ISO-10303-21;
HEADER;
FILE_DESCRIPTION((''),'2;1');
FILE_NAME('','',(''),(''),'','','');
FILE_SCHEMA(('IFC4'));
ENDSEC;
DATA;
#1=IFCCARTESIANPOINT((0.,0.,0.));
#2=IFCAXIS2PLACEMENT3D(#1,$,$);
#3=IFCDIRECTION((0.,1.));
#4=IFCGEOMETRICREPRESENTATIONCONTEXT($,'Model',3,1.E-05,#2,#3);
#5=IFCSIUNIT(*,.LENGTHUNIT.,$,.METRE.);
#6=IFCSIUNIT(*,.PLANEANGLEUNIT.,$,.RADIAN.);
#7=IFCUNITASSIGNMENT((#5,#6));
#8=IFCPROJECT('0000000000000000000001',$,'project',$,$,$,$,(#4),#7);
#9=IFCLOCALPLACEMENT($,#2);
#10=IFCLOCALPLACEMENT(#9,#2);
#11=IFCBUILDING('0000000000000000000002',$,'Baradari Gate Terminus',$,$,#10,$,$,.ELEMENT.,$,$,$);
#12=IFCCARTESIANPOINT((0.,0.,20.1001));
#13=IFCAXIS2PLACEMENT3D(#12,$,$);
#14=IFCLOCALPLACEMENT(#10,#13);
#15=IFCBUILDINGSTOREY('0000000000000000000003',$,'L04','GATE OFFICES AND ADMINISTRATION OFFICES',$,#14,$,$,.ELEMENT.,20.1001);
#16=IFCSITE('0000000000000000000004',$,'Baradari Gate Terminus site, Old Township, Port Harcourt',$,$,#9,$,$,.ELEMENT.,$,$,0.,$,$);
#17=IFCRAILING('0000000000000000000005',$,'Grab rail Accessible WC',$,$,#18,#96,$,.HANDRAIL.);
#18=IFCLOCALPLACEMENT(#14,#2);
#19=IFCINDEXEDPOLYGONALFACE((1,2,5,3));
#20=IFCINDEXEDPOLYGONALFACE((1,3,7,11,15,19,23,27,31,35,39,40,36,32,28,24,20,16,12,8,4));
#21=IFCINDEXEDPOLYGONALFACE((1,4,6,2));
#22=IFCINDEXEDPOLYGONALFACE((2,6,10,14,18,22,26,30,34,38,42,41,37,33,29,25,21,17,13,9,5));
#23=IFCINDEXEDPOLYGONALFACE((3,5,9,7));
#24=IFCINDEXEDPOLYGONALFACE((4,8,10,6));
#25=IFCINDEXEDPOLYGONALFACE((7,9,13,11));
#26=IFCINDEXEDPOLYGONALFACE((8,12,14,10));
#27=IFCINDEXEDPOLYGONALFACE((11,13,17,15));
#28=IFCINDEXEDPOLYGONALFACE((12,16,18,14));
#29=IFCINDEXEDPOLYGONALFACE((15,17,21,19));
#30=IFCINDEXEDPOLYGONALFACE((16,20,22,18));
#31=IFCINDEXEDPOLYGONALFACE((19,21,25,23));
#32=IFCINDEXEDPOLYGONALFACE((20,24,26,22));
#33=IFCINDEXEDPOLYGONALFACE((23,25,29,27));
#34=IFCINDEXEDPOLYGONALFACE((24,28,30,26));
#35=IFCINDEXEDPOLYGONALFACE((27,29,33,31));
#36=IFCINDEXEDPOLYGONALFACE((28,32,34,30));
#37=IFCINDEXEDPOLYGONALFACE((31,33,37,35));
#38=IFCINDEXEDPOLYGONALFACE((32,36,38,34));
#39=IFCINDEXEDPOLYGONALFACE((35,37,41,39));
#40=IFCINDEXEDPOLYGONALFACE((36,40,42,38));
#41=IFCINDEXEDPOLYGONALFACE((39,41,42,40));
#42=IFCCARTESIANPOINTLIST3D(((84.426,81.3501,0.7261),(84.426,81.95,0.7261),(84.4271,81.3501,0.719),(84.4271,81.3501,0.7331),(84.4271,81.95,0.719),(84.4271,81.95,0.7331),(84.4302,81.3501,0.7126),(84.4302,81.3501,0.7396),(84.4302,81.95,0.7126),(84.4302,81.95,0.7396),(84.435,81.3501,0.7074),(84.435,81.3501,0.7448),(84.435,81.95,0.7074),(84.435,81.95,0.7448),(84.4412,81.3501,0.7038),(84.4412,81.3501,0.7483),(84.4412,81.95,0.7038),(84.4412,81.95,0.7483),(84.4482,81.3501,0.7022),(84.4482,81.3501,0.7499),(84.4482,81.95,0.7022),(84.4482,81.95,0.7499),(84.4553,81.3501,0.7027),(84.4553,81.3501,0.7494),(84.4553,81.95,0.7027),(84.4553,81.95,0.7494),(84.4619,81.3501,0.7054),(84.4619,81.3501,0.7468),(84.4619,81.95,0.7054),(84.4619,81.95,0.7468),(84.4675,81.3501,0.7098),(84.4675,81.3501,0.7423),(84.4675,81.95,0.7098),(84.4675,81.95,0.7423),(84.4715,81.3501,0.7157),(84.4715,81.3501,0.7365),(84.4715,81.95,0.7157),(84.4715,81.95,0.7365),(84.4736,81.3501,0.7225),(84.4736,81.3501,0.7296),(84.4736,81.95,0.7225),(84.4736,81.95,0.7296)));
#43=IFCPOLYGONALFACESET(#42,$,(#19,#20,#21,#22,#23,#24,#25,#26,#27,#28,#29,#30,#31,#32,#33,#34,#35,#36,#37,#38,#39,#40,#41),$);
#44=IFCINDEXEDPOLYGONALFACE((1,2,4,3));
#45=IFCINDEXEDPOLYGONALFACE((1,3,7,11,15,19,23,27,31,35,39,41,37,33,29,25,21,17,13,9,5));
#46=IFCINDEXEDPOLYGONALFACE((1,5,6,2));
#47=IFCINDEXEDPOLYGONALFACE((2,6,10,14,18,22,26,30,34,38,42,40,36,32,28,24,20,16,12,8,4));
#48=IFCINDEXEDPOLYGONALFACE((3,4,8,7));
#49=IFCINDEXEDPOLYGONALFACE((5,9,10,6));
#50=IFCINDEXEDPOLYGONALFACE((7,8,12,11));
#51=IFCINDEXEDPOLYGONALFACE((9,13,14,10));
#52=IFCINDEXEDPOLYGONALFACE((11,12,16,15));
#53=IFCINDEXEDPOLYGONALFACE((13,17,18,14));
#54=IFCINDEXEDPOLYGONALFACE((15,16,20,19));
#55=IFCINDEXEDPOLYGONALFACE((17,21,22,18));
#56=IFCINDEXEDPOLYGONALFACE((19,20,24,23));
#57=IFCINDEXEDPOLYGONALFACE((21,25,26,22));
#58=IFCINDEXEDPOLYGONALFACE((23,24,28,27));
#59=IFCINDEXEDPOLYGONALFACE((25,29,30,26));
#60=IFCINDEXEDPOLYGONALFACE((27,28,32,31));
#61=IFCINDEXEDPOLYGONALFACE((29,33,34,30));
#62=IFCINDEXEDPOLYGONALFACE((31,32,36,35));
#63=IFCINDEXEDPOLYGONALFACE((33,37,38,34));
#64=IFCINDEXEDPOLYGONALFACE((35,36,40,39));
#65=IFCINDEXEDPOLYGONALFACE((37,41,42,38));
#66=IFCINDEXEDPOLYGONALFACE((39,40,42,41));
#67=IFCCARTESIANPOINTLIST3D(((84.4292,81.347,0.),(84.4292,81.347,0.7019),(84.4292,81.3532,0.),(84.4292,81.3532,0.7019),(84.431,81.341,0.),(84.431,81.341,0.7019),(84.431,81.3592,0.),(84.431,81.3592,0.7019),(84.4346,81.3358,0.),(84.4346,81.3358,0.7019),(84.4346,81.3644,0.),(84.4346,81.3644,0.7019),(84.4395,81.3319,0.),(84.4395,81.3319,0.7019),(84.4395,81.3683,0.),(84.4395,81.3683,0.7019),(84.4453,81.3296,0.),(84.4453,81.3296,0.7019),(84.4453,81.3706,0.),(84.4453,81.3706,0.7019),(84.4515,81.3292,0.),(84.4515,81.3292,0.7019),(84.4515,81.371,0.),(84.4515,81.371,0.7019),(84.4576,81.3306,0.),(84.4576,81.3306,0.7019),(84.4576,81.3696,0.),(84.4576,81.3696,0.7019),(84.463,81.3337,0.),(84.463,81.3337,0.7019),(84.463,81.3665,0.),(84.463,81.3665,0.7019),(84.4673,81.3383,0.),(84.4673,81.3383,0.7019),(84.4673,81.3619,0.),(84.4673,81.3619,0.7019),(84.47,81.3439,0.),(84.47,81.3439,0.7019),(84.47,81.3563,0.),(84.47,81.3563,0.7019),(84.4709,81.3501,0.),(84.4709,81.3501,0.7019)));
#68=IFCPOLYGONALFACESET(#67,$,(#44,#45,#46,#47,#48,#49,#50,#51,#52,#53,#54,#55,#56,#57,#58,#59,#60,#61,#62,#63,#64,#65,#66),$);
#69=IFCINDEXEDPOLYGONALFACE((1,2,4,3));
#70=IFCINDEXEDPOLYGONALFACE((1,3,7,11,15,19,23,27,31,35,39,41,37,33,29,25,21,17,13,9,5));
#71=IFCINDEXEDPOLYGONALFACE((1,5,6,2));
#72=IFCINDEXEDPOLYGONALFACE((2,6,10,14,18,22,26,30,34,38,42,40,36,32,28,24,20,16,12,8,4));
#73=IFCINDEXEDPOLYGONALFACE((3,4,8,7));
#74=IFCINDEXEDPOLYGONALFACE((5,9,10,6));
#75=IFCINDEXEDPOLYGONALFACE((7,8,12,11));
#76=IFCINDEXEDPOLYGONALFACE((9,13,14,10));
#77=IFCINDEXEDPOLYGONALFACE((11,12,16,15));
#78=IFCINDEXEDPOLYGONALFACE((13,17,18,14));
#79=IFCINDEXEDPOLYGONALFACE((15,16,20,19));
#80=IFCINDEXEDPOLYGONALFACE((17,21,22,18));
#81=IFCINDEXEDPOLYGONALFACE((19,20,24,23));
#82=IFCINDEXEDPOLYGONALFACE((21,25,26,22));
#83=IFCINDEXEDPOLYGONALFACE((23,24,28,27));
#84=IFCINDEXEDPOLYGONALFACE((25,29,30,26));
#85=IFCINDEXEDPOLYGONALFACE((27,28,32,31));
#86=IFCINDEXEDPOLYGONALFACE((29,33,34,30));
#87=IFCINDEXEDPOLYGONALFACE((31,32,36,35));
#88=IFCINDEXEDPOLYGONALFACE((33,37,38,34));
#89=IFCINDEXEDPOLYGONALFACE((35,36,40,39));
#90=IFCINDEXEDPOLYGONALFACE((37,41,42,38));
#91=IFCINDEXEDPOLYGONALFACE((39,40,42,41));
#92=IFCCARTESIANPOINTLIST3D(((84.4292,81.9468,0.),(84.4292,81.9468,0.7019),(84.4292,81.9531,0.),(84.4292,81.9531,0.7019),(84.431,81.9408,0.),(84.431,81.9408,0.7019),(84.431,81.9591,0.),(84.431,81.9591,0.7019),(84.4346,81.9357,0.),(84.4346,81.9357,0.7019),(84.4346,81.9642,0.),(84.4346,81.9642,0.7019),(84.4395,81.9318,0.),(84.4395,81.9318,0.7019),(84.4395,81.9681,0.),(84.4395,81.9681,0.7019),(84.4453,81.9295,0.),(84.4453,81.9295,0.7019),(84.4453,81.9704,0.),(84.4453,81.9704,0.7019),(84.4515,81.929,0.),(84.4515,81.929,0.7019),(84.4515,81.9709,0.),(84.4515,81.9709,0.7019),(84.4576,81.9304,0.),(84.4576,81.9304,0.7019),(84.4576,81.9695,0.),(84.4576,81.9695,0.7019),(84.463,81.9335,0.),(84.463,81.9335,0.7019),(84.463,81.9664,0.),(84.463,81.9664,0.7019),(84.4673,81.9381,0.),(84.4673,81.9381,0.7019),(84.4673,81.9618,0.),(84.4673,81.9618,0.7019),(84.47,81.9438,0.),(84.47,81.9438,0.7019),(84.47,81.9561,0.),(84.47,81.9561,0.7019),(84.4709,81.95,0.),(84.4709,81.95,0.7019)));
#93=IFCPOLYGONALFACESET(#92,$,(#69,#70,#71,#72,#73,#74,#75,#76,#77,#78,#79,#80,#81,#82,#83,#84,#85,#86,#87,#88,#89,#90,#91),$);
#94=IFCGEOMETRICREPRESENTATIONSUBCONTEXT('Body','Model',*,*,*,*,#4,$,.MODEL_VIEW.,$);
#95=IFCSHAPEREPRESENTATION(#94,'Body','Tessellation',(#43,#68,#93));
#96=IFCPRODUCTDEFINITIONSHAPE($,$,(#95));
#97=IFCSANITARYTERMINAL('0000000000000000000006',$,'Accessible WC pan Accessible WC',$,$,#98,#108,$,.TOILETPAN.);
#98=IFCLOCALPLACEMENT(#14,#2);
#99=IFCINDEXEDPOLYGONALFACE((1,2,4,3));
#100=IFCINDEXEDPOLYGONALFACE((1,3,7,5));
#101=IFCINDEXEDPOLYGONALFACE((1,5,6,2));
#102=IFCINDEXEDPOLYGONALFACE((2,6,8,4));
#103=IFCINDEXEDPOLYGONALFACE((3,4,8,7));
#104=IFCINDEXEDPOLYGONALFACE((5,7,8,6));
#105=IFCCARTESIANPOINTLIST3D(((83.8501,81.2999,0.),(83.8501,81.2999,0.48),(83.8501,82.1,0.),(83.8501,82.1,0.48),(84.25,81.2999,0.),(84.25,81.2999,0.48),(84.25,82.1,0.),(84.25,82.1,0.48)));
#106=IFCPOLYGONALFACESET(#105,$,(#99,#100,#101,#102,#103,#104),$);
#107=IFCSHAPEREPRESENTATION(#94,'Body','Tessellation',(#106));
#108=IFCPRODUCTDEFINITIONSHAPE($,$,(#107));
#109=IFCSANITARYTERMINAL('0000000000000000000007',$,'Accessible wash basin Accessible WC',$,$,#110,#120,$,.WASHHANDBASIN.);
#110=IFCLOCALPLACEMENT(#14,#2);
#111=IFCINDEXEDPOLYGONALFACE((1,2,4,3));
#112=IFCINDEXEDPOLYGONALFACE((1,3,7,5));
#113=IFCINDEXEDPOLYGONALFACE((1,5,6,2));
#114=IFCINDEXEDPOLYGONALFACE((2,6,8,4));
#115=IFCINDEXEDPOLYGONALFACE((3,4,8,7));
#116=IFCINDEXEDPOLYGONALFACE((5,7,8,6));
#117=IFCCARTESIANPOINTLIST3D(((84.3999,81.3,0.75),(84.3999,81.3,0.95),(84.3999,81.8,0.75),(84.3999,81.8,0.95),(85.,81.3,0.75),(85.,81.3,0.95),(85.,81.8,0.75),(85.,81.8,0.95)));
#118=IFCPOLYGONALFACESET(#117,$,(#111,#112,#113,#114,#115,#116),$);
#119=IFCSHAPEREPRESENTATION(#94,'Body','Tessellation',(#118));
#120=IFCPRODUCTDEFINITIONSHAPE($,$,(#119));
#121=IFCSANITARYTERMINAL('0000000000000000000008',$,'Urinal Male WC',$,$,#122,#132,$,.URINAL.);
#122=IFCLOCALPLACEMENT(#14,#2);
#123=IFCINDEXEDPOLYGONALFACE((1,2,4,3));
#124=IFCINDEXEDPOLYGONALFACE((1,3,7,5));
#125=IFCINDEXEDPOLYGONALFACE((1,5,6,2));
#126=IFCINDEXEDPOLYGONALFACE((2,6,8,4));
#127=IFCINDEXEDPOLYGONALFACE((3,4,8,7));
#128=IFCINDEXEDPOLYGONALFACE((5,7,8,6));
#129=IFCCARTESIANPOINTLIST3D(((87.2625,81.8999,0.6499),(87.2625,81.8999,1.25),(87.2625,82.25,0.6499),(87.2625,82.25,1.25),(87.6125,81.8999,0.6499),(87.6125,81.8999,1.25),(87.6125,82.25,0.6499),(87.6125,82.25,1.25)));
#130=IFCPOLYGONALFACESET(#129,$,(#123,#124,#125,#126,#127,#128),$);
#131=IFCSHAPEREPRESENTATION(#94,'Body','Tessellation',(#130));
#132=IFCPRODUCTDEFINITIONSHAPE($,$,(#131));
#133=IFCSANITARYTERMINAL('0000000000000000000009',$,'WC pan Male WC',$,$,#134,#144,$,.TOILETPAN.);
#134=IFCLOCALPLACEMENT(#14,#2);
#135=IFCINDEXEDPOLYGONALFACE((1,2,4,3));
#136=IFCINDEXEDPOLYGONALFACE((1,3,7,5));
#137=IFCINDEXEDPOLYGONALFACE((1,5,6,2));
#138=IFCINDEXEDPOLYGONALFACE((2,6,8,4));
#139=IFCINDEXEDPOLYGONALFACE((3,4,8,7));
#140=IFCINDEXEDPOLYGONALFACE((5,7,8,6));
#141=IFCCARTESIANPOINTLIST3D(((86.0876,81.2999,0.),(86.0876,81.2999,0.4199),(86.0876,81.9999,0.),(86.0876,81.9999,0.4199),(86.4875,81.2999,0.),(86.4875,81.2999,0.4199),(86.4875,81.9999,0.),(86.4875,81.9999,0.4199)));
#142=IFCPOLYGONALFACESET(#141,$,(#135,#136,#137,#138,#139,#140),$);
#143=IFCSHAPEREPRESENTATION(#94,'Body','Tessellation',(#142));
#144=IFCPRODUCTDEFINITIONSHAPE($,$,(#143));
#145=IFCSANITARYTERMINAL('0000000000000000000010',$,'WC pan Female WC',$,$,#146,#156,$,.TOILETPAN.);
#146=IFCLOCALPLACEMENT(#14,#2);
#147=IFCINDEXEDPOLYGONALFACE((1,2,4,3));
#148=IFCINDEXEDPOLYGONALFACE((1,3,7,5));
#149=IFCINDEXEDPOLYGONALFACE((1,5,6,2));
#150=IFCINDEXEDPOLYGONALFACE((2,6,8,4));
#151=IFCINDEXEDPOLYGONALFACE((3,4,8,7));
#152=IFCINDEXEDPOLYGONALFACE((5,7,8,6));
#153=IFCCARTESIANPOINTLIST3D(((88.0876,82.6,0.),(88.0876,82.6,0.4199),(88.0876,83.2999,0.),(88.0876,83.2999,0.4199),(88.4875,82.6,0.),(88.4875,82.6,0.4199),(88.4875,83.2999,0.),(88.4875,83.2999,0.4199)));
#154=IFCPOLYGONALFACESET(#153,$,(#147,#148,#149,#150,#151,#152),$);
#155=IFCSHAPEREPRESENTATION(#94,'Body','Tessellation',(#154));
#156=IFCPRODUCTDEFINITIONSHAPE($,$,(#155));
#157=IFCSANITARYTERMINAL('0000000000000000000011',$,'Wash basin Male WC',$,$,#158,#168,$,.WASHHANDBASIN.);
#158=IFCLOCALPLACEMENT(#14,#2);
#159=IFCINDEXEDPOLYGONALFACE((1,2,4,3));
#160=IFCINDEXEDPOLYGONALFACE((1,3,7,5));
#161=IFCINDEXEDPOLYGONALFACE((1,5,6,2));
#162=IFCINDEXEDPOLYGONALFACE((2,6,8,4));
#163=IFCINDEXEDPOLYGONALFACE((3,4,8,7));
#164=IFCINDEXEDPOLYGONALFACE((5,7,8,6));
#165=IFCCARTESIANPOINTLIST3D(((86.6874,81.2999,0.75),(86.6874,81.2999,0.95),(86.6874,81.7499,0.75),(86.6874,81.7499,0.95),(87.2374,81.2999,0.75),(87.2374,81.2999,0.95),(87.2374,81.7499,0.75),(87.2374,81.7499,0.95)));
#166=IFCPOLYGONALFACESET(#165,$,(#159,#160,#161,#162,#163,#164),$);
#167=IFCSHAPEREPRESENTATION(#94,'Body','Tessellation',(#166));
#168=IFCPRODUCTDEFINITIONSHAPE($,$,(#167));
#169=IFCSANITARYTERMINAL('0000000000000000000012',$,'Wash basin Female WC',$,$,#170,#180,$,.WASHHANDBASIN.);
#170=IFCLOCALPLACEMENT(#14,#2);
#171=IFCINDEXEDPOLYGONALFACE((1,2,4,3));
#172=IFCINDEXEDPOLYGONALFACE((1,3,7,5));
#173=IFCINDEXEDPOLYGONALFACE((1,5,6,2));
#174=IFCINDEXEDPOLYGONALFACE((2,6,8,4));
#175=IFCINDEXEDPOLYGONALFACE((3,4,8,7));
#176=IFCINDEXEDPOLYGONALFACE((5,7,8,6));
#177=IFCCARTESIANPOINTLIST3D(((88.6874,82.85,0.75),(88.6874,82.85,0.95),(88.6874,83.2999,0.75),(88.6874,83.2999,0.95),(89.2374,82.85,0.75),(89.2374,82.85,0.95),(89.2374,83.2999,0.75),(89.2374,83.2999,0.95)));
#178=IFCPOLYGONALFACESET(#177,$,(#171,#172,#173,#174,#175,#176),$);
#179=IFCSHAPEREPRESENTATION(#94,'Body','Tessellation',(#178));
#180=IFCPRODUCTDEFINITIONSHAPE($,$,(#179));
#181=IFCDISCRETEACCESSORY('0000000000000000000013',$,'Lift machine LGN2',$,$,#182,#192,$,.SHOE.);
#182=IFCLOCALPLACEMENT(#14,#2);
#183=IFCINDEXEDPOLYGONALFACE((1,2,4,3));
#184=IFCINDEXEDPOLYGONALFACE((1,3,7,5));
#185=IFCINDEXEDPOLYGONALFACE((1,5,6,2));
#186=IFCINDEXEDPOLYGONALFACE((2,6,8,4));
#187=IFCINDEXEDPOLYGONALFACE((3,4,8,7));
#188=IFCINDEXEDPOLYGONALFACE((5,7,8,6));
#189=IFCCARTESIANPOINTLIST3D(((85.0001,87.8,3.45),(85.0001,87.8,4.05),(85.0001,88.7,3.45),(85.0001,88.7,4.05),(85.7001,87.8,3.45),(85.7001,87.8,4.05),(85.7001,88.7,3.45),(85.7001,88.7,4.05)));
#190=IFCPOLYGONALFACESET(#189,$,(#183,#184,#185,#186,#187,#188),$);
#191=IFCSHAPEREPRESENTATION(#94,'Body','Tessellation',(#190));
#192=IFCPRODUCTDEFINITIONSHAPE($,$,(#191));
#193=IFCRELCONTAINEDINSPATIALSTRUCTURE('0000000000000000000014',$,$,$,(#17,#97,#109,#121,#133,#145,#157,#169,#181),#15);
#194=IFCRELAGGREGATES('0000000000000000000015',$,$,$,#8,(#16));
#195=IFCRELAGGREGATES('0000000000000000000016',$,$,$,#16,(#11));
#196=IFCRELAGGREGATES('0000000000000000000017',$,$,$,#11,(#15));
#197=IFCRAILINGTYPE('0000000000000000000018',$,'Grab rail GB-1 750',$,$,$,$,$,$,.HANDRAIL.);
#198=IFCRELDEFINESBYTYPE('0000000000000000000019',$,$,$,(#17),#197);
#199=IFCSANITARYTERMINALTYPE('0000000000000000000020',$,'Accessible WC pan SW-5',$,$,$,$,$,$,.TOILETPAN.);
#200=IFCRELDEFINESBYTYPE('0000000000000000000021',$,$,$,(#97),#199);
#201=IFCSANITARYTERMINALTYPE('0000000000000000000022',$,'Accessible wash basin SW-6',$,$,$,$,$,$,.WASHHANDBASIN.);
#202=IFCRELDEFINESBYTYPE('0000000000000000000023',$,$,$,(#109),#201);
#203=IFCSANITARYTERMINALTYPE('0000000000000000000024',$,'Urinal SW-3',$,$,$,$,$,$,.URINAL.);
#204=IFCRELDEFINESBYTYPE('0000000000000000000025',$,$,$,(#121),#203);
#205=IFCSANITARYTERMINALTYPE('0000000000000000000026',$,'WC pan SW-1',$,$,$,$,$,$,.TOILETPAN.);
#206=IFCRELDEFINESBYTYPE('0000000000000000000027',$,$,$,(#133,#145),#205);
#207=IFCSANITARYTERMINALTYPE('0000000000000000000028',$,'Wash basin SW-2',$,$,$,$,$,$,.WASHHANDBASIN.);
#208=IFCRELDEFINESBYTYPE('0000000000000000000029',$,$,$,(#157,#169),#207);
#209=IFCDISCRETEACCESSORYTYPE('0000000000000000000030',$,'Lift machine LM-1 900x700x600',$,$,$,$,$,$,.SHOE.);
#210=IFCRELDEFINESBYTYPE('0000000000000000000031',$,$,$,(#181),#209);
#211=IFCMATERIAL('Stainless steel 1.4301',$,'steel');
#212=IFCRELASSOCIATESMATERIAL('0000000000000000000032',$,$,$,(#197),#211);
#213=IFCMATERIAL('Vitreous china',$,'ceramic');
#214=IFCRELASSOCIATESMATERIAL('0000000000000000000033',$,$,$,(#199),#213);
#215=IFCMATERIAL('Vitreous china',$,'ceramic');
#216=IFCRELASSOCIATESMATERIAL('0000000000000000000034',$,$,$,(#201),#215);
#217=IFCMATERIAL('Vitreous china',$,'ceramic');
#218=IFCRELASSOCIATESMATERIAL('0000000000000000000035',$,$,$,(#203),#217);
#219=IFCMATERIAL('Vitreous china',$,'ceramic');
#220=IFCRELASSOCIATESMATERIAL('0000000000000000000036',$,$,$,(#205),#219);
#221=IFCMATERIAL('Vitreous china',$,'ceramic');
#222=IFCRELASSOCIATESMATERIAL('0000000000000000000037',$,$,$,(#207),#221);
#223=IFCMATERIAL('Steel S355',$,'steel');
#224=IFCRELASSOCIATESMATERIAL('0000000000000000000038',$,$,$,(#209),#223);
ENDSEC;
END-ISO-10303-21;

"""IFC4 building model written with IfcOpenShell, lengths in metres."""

from ifc_helpers import new_model, si_unit, direction, frame, origin, origin_2d, place, context, subcontext, project, spatial, rectangle, circle, extrude, material, type_object, element, save


model = new_model("IFC4")

# Units and contexts
model_context = context("Model", 3, precision=1e-05, world=origin(), true_north=direction((0.0, 1.0)))
body_context = subcontext(model_context, "Body", "Model", "MODEL_VIEW")
ifc_project = project(units=[si_unit("LENGTHUNIT", "METRE"), si_unit("PLANEANGLEUNIT", "RADIAN")], contexts=[model_context])

# Site, building, storey
site_placement = place(None, origin())
site = spatial("IfcSite", under=ifc_project, at=site_placement, Name="Baradari Gate Terminus site, Old Township, Port Harcourt", CompositionType="ELEMENT", RefElevation=0.0)
building_placement = place(site_placement, origin())
building = spatial("IfcBuilding", under=site, at=building_placement, Name="Baradari Gate Terminus", CompositionType="ELEMENT")
storey_placement = place(building_placement, frame((0.0, 0.0, 20.1001)))
storey = spatial("IfcBuildingStorey", under=building, at=storey_placement, Name="L04", Description="GATE OFFICES AND ADMINISTRATION OFFICES", CompositionType="ELEMENT", Elevation=20.1001)

# Railing
ifc_material_1 = material(Name="Stainless steel 1.4301", Category="steel")
railing_type = type_object("IfcRailingType", Name="Grab rail GB-1 750", PredefinedType="HANDRAIL", material=ifc_material_1)
railing_placement = place(storey_placement, frame((84.45, 81.3501, 0.0)))
element("IfcRailing", 1, at=railing_placement, inside=storey, type_object=railing_type, Name="Grab rail Accessible WC", PredefinedType="HANDRAIL", context=body_context, shape_type="SweptSolid", body=[
    extrude(circle(Radius=0.0239, at=origin_2d()), frame((0.0, 0.0, 0.7261), z_axis=(0.0, 1.0, 0.0), x_axis=(-1.0, 0.0, 0.0)), (0.0, 0.0, 1.0), 0.5999),
    extrude(circle(Radius=0.021, at=origin_2d()), origin(), (0.0, 0.0, 1.0), 0.7019),
    extrude(circle(Radius=0.021, at=origin_2d()), frame((0.0, 0.5999, 0.0)), (0.0, 0.0, 1.0), 0.7019),
])

# Sanitary terminals
ifc_material_2 = material(Name="Vitreous china", Category="ceramic")
sanitary_terminal_type_1 = type_object("IfcSanitaryTerminalType", Name="Accessible WC pan SW-5", PredefinedType="TOILETPAN", material=ifc_material_2)
sanitary_terminal_1_placement = place(storey_placement, frame((84.05, 81.7, 0.0), z_axis=(0.0, 0.0, 1.0), x_axis=(1.0, 0.0, 0.0)))
element("IfcSanitaryTerminal", 2, at=sanitary_terminal_1_placement, inside=storey, type_object=sanitary_terminal_type_1, Name="Accessible WC pan Accessible WC", PredefinedType="TOILETPAN", context=body_context, shape_type="SweptSolid", body=[
    extrude(rectangle(XDim=0.3999, YDim=0.8, at=origin_2d()), origin(), (0.0, 0.0, 1.0), 0.48),
])
ifc_material_3 = material(Name="Vitreous china", Category="ceramic")
sanitary_terminal_type_2 = type_object("IfcSanitaryTerminalType", Name="Accessible wash basin SW-6", PredefinedType="WASHHANDBASIN", material=ifc_material_3)
sanitary_terminal_2_placement = place(storey_placement, frame((84.7, 81.55, 0.75), z_axis=(0.0, 0.0, 1.0), x_axis=(1.0, 0.0, 0.0)))
element("IfcSanitaryTerminal", 3, at=sanitary_terminal_2_placement, inside=storey, type_object=sanitary_terminal_type_2, Name="Accessible wash basin Accessible WC", PredefinedType="WASHHANDBASIN", context=body_context, shape_type="SweptSolid", body=[
    extrude(rectangle(XDim=0.6001, YDim=0.5, at=origin_2d()), origin(), (0.0, 0.0, 1.0), 0.2),
])
ifc_material_4 = material(Name="Vitreous china", Category="ceramic")
sanitary_terminal_type_3 = type_object("IfcSanitaryTerminalType", Name="Urinal SW-3", PredefinedType="URINAL", material=ifc_material_4)
sanitary_terminal_3_placement = place(storey_placement, frame((87.4375, 82.075, 0.6499), z_axis=(0.0, 0.0, 1.0), x_axis=(1.0, 0.0, 0.0)))
element("IfcSanitaryTerminal", 4, at=sanitary_terminal_3_placement, inside=storey, type_object=sanitary_terminal_type_3, Name="Urinal Male WC", PredefinedType="URINAL", context=body_context, shape_type="SweptSolid", body=[
    extrude(rectangle(XDim=0.3501, YDim=0.3501, at=origin_2d()), origin(), (0.0, 0.0, 1.0), 0.6001),
])
ifc_material_5 = material(Name="Vitreous china", Category="ceramic")
sanitary_terminal_type_4 = type_object("IfcSanitaryTerminalType", Name="WC pan SW-1", PredefinedType="TOILETPAN", material=ifc_material_5)
for number, where, z_axis, x_axis, name in (
    (5, (86.2876, 81.6499, 0.0), (0.0, 0.0, 1.0), (1.0, 0.0, 0.0), "WC pan Male WC"),
    (6, (88.2876, 82.95, 0.0), (0.0, 0.0, 1.0), (1.0, 0.0, 0.0), "WC pan Female WC"),
):
    element("IfcSanitaryTerminal", number, at=place(storey_placement, frame(where, z_axis=z_axis, x_axis=x_axis)), inside=storey, type_object=sanitary_terminal_type_4, Name=name, PredefinedType="TOILETPAN", context=body_context, shape_type="SweptSolid", body=[
        extrude(rectangle(XDim=0.3999, YDim=0.7, at=origin_2d()), origin(), (0.0, 0.0, 1.0), 0.4199),
    ])
ifc_material_6 = material(Name="Vitreous china", Category="ceramic")
sanitary_terminal_type_5 = type_object("IfcSanitaryTerminalType", Name="Wash basin SW-2", PredefinedType="WASHHANDBASIN", material=ifc_material_6)
for number, where, z_axis, x_axis, name in (
    (7, (86.9624, 81.5249, 0.75), (0.0, 0.0, 1.0), (1.0, 0.0, 0.0), "Wash basin Male WC"),
    (8, (88.9624, 83.075, 0.75), (0.0, 0.0, 1.0), (1.0, 0.0, 0.0), "Wash basin Female WC"),
):
    element("IfcSanitaryTerminal", number, at=place(storey_placement, frame(where, z_axis=z_axis, x_axis=x_axis)), inside=storey, type_object=sanitary_terminal_type_5, Name=name, PredefinedType="WASHHANDBASIN", context=body_context, shape_type="SweptSolid", body=[
        extrude(rectangle(XDim=0.55, YDim=0.45, at=origin_2d()), origin(), (0.0, 0.0, 1.0), 0.2),
    ])

# Discrete accessory
ifc_material_7 = material(Name="Steel S355", Category="steel")
discrete_accessory_type_1 = type_object("IfcDiscreteAccessoryType", Name="Lift machine LM-1 900x700x600", PredefinedType="SHOE", material=ifc_material_7)
discrete_accessory_placement = place(storey_placement, frame((85.3501, 88.25, 3.45), z_axis=(0.0, 0.0, 1.0), x_axis=(1.0, 0.0, 0.0)))
element("IfcDiscreteAccessory", 9, at=discrete_accessory_placement, inside=storey, type_object=discrete_accessory_type_1, Name="Lift machine LGN2", PredefinedType="SHOE", context=body_context, shape_type="SweptSolid", body=[
    extrude(rectangle(XDim=0.7, YDim=0.8999, at=origin_2d()), origin(), (0.0, 0.0, 1.0), 0.6001),
])

save(model, "model.ifc")
